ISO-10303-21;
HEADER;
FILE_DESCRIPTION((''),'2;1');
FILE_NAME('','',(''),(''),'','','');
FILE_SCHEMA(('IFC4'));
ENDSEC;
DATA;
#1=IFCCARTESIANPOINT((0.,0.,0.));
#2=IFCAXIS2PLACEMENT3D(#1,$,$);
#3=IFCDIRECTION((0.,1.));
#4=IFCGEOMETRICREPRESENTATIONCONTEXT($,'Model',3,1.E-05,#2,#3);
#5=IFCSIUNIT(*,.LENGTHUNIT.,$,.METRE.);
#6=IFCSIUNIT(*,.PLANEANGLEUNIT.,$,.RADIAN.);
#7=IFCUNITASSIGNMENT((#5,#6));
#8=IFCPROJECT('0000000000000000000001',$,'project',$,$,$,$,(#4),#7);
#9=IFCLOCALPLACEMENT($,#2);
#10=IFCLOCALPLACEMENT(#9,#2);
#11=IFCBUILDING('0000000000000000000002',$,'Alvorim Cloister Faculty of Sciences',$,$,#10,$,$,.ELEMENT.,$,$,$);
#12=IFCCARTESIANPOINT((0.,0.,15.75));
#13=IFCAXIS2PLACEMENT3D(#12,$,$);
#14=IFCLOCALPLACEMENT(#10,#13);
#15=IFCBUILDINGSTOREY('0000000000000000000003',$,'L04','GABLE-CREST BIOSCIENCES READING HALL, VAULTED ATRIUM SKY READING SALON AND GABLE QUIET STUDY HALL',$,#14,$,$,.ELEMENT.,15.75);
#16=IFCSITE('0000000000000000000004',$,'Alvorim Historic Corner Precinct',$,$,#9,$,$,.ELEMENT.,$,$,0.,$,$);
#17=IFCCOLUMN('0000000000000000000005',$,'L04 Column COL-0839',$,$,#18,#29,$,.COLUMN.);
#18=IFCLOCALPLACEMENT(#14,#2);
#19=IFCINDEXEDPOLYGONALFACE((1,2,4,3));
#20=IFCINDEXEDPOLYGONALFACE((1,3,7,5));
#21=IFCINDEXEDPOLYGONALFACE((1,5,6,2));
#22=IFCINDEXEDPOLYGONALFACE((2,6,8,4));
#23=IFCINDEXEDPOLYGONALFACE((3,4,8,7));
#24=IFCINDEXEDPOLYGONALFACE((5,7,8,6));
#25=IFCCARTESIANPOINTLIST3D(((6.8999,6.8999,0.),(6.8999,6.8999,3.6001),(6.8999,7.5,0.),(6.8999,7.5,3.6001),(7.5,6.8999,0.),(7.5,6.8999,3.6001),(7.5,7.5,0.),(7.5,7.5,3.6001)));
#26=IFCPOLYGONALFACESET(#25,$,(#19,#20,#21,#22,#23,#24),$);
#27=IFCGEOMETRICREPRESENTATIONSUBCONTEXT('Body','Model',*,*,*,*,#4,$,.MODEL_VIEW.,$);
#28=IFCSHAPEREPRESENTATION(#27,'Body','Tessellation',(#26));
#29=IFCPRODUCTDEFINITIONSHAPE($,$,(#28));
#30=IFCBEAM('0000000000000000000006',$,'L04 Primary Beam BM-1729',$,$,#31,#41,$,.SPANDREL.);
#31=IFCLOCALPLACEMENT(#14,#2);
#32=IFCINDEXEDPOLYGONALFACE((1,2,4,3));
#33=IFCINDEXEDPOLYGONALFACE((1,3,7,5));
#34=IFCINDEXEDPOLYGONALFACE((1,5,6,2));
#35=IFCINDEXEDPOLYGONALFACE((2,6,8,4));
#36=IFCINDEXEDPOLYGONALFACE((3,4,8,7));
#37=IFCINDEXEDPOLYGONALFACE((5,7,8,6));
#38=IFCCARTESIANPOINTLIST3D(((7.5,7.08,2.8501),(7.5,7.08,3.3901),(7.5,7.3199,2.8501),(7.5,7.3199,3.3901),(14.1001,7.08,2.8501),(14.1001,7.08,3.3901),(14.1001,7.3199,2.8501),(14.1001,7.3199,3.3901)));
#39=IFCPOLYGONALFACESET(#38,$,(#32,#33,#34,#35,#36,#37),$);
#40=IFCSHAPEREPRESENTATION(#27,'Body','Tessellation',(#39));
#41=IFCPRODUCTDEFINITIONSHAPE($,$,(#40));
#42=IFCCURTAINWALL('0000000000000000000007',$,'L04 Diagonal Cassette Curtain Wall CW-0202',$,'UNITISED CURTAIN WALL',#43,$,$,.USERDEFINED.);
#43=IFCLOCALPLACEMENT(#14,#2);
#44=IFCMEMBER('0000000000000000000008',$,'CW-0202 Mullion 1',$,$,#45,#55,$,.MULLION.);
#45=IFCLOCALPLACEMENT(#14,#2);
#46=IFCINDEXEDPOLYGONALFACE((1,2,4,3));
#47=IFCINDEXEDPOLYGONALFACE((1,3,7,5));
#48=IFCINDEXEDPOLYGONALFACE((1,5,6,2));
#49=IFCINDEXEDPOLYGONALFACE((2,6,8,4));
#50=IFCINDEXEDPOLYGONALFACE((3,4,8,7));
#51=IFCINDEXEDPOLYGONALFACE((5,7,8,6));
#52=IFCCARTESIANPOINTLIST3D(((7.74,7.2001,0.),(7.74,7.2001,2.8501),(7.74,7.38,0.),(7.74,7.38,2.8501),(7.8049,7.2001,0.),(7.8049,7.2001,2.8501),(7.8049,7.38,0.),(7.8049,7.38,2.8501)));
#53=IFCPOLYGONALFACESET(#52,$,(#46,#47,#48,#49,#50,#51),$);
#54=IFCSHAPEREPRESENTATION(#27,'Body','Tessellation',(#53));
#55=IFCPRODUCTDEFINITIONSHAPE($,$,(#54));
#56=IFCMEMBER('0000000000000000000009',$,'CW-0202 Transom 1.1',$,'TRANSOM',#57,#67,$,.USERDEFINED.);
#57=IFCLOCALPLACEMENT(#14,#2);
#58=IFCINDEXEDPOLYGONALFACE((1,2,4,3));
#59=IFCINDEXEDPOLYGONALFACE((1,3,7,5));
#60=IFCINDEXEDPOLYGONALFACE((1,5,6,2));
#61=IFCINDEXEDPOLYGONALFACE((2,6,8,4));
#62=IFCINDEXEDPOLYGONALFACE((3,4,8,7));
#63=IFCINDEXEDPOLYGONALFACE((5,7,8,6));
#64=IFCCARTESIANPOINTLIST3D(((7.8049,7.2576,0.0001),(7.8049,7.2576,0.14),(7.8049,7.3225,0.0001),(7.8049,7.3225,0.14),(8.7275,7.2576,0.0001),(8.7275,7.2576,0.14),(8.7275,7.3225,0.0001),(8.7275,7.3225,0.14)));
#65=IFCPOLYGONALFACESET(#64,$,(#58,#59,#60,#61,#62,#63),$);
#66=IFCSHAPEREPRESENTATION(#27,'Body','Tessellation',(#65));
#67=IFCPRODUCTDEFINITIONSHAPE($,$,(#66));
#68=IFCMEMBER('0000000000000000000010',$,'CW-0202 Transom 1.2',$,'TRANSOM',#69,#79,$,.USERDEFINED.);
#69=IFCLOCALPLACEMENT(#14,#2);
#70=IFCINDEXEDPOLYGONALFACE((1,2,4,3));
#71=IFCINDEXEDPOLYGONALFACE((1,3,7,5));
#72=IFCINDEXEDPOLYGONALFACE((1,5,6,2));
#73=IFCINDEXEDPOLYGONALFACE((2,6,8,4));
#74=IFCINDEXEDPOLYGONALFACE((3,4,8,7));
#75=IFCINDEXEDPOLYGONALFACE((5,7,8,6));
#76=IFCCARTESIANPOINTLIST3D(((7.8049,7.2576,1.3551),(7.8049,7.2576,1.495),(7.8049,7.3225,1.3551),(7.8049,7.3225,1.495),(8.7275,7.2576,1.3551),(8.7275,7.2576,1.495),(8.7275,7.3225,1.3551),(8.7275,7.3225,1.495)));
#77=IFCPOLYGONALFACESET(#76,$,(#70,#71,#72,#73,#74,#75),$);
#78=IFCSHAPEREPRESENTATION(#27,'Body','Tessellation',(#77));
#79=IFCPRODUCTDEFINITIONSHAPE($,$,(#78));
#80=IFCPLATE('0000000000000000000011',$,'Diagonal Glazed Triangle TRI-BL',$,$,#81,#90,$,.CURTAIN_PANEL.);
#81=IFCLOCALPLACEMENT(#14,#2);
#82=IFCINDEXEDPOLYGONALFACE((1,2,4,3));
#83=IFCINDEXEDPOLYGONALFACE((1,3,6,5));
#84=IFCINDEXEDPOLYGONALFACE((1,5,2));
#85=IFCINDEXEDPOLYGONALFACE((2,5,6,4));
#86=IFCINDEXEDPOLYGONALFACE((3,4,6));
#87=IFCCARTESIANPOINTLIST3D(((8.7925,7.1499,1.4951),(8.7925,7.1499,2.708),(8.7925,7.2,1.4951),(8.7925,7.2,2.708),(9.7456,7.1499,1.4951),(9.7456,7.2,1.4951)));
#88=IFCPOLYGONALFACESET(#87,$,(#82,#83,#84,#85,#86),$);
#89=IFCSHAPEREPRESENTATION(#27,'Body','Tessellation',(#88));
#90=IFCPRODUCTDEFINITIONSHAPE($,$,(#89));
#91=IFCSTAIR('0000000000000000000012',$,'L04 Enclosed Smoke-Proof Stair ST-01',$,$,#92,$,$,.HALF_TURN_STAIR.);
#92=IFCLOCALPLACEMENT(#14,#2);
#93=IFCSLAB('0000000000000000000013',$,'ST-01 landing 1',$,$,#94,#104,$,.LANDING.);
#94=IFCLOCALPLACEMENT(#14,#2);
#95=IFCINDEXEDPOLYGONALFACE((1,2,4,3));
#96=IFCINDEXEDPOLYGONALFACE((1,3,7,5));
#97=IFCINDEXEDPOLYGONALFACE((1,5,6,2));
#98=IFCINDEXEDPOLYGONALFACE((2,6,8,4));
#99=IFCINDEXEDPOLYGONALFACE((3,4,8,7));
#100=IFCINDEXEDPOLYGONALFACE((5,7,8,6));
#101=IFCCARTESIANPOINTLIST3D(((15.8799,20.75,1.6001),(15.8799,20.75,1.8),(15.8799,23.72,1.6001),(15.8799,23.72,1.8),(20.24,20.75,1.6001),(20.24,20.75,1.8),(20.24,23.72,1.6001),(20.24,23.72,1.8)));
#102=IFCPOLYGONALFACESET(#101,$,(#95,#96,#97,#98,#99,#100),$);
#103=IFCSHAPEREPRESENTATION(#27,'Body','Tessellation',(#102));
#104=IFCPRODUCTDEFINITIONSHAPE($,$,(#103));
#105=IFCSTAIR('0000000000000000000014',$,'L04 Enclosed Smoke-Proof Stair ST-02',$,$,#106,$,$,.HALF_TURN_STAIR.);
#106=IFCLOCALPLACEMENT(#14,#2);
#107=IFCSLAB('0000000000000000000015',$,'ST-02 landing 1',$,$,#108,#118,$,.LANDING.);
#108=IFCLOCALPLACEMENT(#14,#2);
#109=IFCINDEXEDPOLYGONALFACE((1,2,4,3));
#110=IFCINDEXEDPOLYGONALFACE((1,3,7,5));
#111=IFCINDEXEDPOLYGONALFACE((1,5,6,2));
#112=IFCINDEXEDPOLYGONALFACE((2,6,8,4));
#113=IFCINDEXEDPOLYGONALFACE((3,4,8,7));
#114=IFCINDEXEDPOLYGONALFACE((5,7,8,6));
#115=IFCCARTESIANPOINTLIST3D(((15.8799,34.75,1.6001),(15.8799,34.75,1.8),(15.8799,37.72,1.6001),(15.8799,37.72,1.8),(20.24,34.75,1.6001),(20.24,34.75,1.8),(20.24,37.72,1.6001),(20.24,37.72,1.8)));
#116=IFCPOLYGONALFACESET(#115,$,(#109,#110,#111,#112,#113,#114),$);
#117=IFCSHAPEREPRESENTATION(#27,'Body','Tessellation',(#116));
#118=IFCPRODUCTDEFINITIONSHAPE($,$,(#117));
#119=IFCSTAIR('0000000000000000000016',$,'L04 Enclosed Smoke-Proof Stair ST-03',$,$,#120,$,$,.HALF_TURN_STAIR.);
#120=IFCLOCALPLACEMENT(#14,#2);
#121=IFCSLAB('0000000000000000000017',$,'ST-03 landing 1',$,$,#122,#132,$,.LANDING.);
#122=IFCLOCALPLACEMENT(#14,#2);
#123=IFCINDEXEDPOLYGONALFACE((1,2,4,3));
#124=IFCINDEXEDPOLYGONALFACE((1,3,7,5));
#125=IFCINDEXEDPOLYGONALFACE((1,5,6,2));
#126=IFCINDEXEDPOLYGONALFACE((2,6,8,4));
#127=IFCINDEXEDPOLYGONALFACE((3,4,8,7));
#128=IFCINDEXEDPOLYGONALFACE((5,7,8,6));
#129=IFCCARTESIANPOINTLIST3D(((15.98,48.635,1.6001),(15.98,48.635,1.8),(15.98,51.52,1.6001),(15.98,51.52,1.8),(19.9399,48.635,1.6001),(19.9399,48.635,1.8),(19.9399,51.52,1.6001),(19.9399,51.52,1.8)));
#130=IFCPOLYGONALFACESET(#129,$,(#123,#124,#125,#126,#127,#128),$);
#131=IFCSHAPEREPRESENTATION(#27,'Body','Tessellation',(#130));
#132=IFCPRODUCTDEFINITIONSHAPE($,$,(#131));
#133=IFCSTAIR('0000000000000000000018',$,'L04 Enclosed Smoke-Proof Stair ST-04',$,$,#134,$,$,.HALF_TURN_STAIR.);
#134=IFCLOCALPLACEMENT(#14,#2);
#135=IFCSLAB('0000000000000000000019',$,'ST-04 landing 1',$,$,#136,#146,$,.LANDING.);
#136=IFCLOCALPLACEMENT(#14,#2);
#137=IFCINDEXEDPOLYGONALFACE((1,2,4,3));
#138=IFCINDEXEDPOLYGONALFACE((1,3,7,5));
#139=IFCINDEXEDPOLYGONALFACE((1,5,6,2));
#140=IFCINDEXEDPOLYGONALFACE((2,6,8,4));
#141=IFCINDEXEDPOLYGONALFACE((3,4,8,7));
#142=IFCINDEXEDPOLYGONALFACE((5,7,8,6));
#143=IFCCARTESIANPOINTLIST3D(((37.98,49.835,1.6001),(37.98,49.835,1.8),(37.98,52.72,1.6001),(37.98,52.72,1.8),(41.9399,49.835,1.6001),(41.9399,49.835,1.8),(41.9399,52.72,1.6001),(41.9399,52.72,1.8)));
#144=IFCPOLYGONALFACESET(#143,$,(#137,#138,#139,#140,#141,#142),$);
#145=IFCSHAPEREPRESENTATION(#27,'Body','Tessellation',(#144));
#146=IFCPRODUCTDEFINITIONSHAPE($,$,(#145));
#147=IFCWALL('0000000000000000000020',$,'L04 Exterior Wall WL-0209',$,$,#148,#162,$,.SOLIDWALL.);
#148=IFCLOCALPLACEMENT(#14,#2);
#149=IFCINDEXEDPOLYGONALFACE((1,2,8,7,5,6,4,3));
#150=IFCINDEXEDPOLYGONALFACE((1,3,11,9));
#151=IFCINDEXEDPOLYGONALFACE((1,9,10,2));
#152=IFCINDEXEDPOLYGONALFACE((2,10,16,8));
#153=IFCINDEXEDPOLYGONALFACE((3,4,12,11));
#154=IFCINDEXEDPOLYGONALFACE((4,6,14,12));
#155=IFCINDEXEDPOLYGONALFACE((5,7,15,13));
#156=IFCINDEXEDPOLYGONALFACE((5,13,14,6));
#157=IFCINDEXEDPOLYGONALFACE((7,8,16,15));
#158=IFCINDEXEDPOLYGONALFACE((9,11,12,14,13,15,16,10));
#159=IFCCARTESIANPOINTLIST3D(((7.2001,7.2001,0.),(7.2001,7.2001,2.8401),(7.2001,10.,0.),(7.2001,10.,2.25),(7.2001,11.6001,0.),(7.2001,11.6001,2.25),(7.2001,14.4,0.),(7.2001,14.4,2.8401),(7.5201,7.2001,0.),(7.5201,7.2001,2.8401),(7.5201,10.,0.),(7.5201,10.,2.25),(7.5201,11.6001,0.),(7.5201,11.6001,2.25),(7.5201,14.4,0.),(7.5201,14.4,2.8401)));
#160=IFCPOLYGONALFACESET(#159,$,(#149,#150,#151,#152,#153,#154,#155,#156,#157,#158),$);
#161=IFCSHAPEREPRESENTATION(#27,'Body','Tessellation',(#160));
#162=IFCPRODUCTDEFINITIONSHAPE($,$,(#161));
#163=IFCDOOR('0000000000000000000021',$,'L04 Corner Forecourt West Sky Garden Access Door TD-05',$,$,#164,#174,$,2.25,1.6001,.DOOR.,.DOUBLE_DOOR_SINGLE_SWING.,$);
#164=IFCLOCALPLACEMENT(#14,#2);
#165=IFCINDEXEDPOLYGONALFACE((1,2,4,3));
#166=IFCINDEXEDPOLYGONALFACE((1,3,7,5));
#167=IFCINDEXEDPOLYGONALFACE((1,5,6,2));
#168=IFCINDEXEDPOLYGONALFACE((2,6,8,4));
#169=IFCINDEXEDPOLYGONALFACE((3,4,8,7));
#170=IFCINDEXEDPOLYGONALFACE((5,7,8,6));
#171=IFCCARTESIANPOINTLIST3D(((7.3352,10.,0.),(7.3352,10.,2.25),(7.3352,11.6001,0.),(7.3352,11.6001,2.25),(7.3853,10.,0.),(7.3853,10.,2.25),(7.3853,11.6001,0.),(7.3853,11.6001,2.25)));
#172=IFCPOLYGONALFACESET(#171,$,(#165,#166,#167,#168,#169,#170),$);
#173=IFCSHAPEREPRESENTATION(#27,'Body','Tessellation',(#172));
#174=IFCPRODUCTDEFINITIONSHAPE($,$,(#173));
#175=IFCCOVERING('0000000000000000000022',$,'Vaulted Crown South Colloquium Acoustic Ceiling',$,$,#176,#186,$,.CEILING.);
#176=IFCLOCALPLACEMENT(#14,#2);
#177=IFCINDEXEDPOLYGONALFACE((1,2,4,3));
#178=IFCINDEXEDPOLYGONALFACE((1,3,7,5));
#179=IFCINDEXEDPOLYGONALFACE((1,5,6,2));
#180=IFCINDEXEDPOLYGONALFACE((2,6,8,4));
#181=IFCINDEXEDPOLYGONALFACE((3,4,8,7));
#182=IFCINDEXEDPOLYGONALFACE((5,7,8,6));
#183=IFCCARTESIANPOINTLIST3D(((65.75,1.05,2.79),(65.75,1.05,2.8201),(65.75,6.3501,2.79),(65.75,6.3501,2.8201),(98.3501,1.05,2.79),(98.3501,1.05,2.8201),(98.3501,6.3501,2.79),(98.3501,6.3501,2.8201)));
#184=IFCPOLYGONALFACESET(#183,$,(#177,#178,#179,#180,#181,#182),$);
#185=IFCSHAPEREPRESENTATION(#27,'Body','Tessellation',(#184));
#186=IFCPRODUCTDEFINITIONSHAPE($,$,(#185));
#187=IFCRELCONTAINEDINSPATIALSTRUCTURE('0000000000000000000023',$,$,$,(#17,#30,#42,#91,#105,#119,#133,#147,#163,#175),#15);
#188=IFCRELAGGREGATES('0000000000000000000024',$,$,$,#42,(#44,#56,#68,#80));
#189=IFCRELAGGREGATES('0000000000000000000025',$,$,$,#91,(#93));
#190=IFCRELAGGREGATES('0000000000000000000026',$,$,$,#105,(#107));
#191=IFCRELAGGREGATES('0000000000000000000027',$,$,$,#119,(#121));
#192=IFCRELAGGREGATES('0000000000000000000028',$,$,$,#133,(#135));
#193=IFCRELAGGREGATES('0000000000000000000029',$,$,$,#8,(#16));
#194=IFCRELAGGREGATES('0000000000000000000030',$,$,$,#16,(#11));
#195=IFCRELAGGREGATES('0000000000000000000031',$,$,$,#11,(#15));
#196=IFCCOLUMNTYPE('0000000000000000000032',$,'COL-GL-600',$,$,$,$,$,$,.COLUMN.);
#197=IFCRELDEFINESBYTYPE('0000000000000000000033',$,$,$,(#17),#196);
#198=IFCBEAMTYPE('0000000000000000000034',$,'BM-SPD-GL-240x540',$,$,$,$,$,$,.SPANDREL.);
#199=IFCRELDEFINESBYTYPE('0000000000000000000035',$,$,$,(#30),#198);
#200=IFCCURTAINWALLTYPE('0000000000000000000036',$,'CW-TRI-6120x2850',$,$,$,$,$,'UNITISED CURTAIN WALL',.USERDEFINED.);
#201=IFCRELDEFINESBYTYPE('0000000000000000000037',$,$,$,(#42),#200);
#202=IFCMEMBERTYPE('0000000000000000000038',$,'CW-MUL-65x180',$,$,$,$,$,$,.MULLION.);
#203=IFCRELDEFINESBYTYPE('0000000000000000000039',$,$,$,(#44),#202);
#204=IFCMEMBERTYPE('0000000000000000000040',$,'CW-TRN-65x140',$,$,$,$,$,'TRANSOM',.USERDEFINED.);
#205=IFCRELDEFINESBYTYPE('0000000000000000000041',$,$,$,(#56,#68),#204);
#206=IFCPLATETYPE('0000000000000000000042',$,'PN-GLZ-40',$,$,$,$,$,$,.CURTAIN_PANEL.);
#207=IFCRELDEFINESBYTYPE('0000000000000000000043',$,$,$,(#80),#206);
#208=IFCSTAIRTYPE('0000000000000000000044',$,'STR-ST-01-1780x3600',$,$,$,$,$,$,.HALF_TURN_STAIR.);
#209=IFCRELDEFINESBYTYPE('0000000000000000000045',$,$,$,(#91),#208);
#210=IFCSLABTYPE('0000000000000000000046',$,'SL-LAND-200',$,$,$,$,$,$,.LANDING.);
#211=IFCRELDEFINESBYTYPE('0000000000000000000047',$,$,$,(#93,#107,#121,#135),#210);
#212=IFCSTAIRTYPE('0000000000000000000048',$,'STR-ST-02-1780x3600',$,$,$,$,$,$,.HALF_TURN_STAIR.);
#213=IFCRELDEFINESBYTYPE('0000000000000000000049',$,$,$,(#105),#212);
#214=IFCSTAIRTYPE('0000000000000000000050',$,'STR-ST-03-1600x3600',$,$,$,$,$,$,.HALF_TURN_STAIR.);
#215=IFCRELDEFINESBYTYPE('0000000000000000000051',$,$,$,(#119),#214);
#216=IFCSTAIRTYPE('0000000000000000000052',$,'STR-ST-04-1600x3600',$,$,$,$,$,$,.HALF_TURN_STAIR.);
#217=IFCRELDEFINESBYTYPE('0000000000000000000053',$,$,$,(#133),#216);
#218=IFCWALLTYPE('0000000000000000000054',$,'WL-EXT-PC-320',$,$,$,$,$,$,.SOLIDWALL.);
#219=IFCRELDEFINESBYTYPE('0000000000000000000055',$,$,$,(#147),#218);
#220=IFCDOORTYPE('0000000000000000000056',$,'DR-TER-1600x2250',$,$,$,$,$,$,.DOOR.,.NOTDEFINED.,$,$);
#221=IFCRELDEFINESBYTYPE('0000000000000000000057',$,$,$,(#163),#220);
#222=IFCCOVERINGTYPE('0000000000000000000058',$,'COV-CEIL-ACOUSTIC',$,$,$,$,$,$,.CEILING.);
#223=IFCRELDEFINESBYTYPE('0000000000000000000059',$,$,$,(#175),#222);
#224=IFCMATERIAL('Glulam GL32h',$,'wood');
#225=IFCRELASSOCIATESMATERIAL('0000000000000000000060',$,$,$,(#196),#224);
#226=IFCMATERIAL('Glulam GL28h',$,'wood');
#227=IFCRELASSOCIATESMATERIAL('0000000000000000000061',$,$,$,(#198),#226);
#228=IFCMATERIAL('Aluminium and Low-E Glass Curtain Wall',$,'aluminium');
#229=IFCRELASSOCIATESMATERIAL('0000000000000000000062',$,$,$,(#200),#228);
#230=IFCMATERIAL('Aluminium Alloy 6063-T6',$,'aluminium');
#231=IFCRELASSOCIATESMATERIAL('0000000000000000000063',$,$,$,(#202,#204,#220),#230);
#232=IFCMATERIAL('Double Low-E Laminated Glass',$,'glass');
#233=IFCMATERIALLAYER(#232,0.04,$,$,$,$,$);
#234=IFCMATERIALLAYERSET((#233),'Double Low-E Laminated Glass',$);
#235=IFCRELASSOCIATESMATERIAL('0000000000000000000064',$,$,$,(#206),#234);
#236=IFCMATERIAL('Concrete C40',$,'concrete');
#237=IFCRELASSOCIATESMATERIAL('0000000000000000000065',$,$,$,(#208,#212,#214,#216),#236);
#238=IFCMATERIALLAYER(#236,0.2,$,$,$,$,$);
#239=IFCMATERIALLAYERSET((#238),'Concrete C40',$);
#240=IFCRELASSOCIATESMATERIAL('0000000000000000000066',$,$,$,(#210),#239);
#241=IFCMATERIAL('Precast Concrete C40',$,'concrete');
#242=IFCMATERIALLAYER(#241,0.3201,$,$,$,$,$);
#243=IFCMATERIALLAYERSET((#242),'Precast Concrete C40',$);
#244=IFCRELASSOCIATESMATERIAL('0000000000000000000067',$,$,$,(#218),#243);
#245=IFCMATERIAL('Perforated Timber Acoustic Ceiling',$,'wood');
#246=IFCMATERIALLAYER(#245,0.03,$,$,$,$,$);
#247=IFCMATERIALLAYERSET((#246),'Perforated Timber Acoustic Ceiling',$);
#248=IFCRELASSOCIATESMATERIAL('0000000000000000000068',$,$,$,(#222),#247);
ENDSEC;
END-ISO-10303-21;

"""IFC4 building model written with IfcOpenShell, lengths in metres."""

from ifc_helpers import new_model, si_unit, direction, frame, frame_2d, origin, origin_2d, place, context, subcontext, project, spatial, polyline, rectangle, outline, extrude, material, layer, layer_set, material_profile, profile_set, type_object, element, fill, aggregate, save


model = new_model("IFC4")

# Units and contexts
model_context = context("Model", 3, precision=1e-05, world=origin(), true_north=direction((0.0, 1.0)))
body_context = subcontext(model_context, "Body", "Model", "MODEL_VIEW")
ifc_project = project(units=[si_unit("LENGTHUNIT", "METRE"), si_unit("PLANEANGLEUNIT", "RADIAN")], contexts=[model_context])

# Site, building, storey
site_placement = place(None, origin())
site = spatial("IfcSite", under=ifc_project, at=site_placement, Name="Alvorim Historic Corner Precinct", CompositionType="ELEMENT", RefElevation=0.0)
building_placement = place(site_placement, origin())
building = spatial("IfcBuilding", under=site, at=building_placement, Name="Alvorim Cloister Faculty of Sciences", CompositionType="ELEMENT")
storey_placement = place(building_placement, frame((0.0, 0.0, 15.75)))
storey = spatial("IfcBuildingStorey", under=building, at=storey_placement, Name="L04", Description="GABLE-CREST BIOSCIENCES READING HALL, VAULTED ATRIUM SKY READING SALON AND GABLE QUIET STUDY HALL", CompositionType="ELEMENT", Elevation=15.75)

# Column
ifc_material_1 = material(Name="Glulam GL32h", Category="wood")
ifc_material_profile_1 = material_profile(ifc_material_1, rectangle(XDim=0.6001, YDim=0.6001, at=origin_2d()), Name="GL32-COL-600x600")
ifc_profile_set_1 = profile_set([ifc_material_profile_1], Name="Glulam GL32h")
column_type = type_object("IfcColumnType", Name="COL-GL-600", PredefinedType="COLUMN", material=ifc_profile_set_1)
column_placement = place(storey_placement, frame((7.2, 7.2, 0.0), z_axis=(0.0, 0.0, 1.0), x_axis=(1.0, 0.0, 0.0)))
element("IfcColumn", 1, at=column_placement, inside=storey, type_object=column_type, Name="L04 Column COL-0839", PredefinedType="COLUMN", context=body_context, shape_type="SweptSolid", body=[
    extrude(rectangle(XDim=0.6001, YDim=0.6001, at=origin_2d()), origin(), (0.0, 0.0, 1.0), 3.6001),
])

# Beam
ifc_material_2 = material(Name="Glulam GL28h", Category="wood")
ifc_material_profile_2 = material_profile(ifc_material_2, rectangle(XDim=0.24, YDim=0.54, at=origin_2d()), Name="GL28-SPD-240x540")
ifc_profile_set_2 = profile_set([ifc_material_profile_2], Name="Glulam GL28h")
beam_type = type_object("IfcBeamType", Name="BM-SPD-GL-240x540", PredefinedType="SPANDREL", material=ifc_profile_set_2)
beam_placement = place(storey_placement, frame((7.5, 7.2, 3.1201), z_axis=(1.0, 0.0, 0.0), x_axis=(0.0, 1.0, 0.0)))
element("IfcBeam", 2, at=beam_placement, inside=storey, type_object=beam_type, Name="L04 Primary Beam BM-1729", PredefinedType="SPANDREL", context=body_context, shape_type="SweptSolid", body=[
    extrude(rectangle(XDim=0.24, YDim=0.54, at=origin_2d()), origin(), (0.0, 0.0, 1.0), 6.6001),
])

# Curtain wall, members, plate
ifc_material_3 = material(Name="Aluminium and Low-E Glass Curtain Wall", Category="aluminium")
curtain_wall_type = type_object("IfcCurtainWallType", Name="CW-TRI-6120x2850", ElementType="UNITISED CURTAIN WALL", PredefinedType="USERDEFINED", material=ifc_material_3)
curtain_wall_placement = place(storey_placement, origin())
curtain_wall = element("IfcCurtainWall", 3, at=curtain_wall_placement, inside=storey, type_object=curtain_wall_type, Name="L04 Diagonal Cassette Curtain Wall CW-0202", ObjectType="UNITISED CURTAIN WALL", PredefinedType="USERDEFINED")
ifc_material_4 = material(Name="Aluminium Alloy 6063-T6", Category="aluminium")
ifc_material_profile_3 = material_profile(ifc_material_4, rectangle(XDim=0.0649, YDim=0.1799, at=origin_2d()), Name="ALU-MUL-65x180")
ifc_profile_set_3 = profile_set([ifc_material_profile_3], Name="Aluminium Alloy 6063-T6")
member_type_1 = type_object("IfcMemberType", Name="CW-MUL-65x180", PredefinedType="MULLION", material=ifc_profile_set_3)
member_1_placement = place(storey_placement, frame((7.7725, 7.29, 0.0), z_axis=(0.0, 0.0, 1.0), x_axis=(1.0, 0.0, 0.0)))
member_1 = element("IfcMember", 4, at=member_1_placement, type_object=member_type_1, Name="CW-0202 Mullion 1", PredefinedType="MULLION", context=body_context, shape_type="SweptSolid", body=[
    extrude(rectangle(XDim=0.0649, YDim=0.1799, at=origin_2d()), origin(), (0.0, 0.0, 1.0), 2.8501),
])
ifc_material_profile_4 = material_profile(ifc_material_4, rectangle(XDim=0.0649, YDim=0.1399, at=origin_2d()), Name="ALU-TRN-65x140")
ifc_profile_set_4 = profile_set([ifc_material_profile_4], Name="Aluminium Alloy 6063-T6")
member_type_2 = type_object("IfcMemberType", Name="CW-TRN-65x140", ElementType="TRANSOM", PredefinedType="USERDEFINED", material=ifc_profile_set_4)
member_2_placement = place(storey_placement, frame((7.8049, 7.29, 0.0701), z_axis=(1.0, 0.0, 0.0), x_axis=(0.0, 1.0, 0.0)))
member_2 = element("IfcMember", 5, at=member_2_placement, type_object=member_type_2, Name="CW-0202 Transom 1.1", ObjectType="TRANSOM", PredefinedType="USERDEFINED", context=body_context, shape_type="SweptSolid", body=[
    extrude(rectangle(XDim=0.0649, YDim=0.1399, at=origin_2d()), origin(), (0.0, 0.0, 1.0), 0.9226),
])
member_3_placement = place(storey_placement, frame((7.8049, 7.29, 1.425), z_axis=(1.0, 0.0, 0.0), x_axis=(0.0, 1.0, 0.0)))
member_3 = element("IfcMember", 6, at=member_3_placement, type_object=member_type_2, Name="CW-0202 Transom 1.2", ObjectType="TRANSOM", PredefinedType="USERDEFINED", context=body_context, shape_type="SweptSolid", body=[
    extrude(rectangle(XDim=0.0649, YDim=0.1399, at=origin_2d()), origin(), (0.0, 0.0, 1.0), 0.9226),
])
ifc_material_5 = material(Name="Double Low-E Laminated Glass", Category="glass")
ifc_layer_1 = layer(ifc_material_5, 0.04)
ifc_layer_set_1 = layer_set([ifc_layer_1], Name="Double Low-E Laminated Glass")
plate_type = type_object("IfcPlateType", Name="PN-GLZ-40", PredefinedType="CURTAIN_PANEL", material=ifc_layer_set_1)
plate_1_placement = place(storey_placement, frame((8.7925, 7.175, 1.4951), z_axis=(0.0, 0.0, 1.0), x_axis=(1.0, 0.0, 0.0)))
plate_1 = element("IfcPlate", 7, at=plate_1_placement, type_object=plate_type, Name="Diagonal Glazed Triangle TRI-BL", PredefinedType="CURTAIN_PANEL", context=body_context, shape_type="SweptSolid", body=[
    extrude(outline(polyline([(0.0, 0.0), (0.9531, 0.0), (0.0, 1.2129), (0.0, 0.0)])), frame((0.0, 0.0249, 0.0), z_axis=(0.0, -1.0, 0.0), x_axis=(1.0, 0.0, 0.0)), (0.0, 0.0, 1.0), 0.05),
])
aggregate(curtain_wall, [member_1, member_2, member_3, plate_1])

# Stairs, slabs
ifc_material_6 = material(Name="Concrete C40", Category="concrete")
stair_type_1 = type_object("IfcStairType", Name="STR-ST-01-1780x3600", PredefinedType="HALF_TURN_STAIR", material=ifc_material_6)
stair_1_placement = place(storey_placement, origin())
stair_1 = element("IfcStair", 8, at=stair_1_placement, inside=storey, type_object=stair_type_1, Name="L04 Enclosed Smoke-Proof Stair ST-01", PredefinedType="HALF_TURN_STAIR")
ifc_layer_2 = layer(ifc_material_6, 0.2)
ifc_layer_set_2 = layer_set([ifc_layer_2], Name="Concrete C40")
slab_type = type_object("IfcSlabType", Name="SL-LAND-200", PredefinedType="LANDING", material=ifc_layer_set_2)
slab_1_placement = place(storey_placement, frame((0.0, 0.0, 1.6001)))
slab_1 = element("IfcSlab", 9, at=slab_1_placement, type_object=slab_type, Name="ST-01 landing 1", PredefinedType="LANDING", context=body_context, shape_type="SweptSolid", body=[
    extrude(outline(polyline([(20.24, 20.75), (20.24, 23.72), (15.8799, 23.72), (15.8799, 20.75), (20.24, 20.75)])), origin(), (0.0, 0.0, 1.0), 0.2),
])
aggregate(stair_1, [slab_1])
stair_type_2 = type_object("IfcStairType", Name="STR-ST-02-1780x3600", PredefinedType="HALF_TURN_STAIR", material=ifc_material_6)
stair_2_placement = place(storey_placement, origin())
stair_2 = element("IfcStair", 10, at=stair_2_placement, inside=storey, type_object=stair_type_2, Name="L04 Enclosed Smoke-Proof Stair ST-02", PredefinedType="HALF_TURN_STAIR")
slab_2_placement = place(storey_placement, frame((0.0, 0.0, 1.6001)))
slab_2 = element("IfcSlab", 11, at=slab_2_placement, type_object=slab_type, Name="ST-02 landing 1", PredefinedType="LANDING", context=body_context, shape_type="SweptSolid", body=[
    extrude(outline(polyline([(20.24, 34.75), (20.24, 37.72), (15.8799, 37.72), (15.8799, 34.75), (20.24, 34.75)])), origin(), (0.0, 0.0, 1.0), 0.2),
])
aggregate(stair_2, [slab_2])
stair_type_3 = type_object("IfcStairType", Name="STR-ST-03-1600x3600", PredefinedType="HALF_TURN_STAIR", material=ifc_material_6)
stair_3_placement = place(storey_placement, origin())
stair_3 = element("IfcStair", 12, at=stair_3_placement, inside=storey, type_object=stair_type_3, Name="L04 Enclosed Smoke-Proof Stair ST-03", PredefinedType="HALF_TURN_STAIR")
slab_3_placement = place(storey_placement, frame((0.0, 0.0, 1.6001)))
slab_3 = element("IfcSlab", 13, at=slab_3_placement, type_object=slab_type, Name="ST-03 landing 1", PredefinedType="LANDING", context=body_context, shape_type="SweptSolid", body=[
    extrude(outline(polyline([(19.9399, 48.635), (19.9399, 51.52), (15.98, 51.52), (15.98, 48.635), (19.9399, 48.635)])), origin(), (0.0, 0.0, 1.0), 0.2),
])
aggregate(stair_3, [slab_3])
stair_type_4 = type_object("IfcStairType", Name="STR-ST-04-1600x3600", PredefinedType="HALF_TURN_STAIR", material=ifc_material_6)
stair_4_placement = place(storey_placement, origin())
stair_4 = element("IfcStair", 14, at=stair_4_placement, inside=storey, type_object=stair_type_4, Name="L04 Enclosed Smoke-Proof Stair ST-04", PredefinedType="HALF_TURN_STAIR")
slab_4_placement = place(storey_placement, frame((0.0, 0.0, 1.6001)))
slab_4 = element("IfcSlab", 15, at=slab_4_placement, type_object=slab_type, Name="ST-04 landing 1", PredefinedType="LANDING", context=body_context, shape_type="SweptSolid", body=[
    extrude(outline(polyline([(41.9399, 49.835), (41.9399, 52.72), (37.98, 52.72), (37.98, 49.835), (41.9399, 49.835)])), origin(), (0.0, 0.0, 1.0), 0.2),
])
aggregate(stair_4, [slab_4])

# Wall, opening, door
ifc_material_7 = material(Name="Precast Concrete C40", Category="concrete")
ifc_layer_3 = layer(ifc_material_7, 0.3201)
ifc_layer_set_3 = layer_set([ifc_layer_3], Name="Precast Concrete C40")
wall_type = type_object("IfcWallType", Name="WL-EXT-PC-320", PredefinedType="SOLIDWALL", material=ifc_layer_set_3)
wall_placement = place(storey_placement, frame((7.3601, 7.2, 0.0), z_axis=(0.0, 0.0, 1.0), x_axis=(0.0, 1.0, 0.0)))
wall = element("IfcWall", 16, at=wall_placement, inside=storey, type_object=wall_type, Name="L04 Exterior Wall WL-0209", PredefinedType="SOLIDWALL", context=body_context, shape_type="SweptSolid", body=[
    extrude(rectangle(XDim=7.2, YDim=0.3201, at=frame_2d((3.6001, 0.0))), origin(), (0.0, 0.0, 1.0), 2.8401),
])
opening_placement = place(wall_placement, frame((2.8, 0.0, 0.0)))
opening = element("IfcOpeningElement", 17, at=opening_placement, cuts=wall, PredefinedType="OPENING", context=body_context, shape_type="SweptSolid", body=[
    extrude(rectangle(XDim=1.6001, YDim=2.25, at=frame_2d((0.8, 1.125))), frame((0.0, 0.1719, 0.0), z_axis=(0.0, -1.0, 0.0), x_axis=(1.0, 0.0, 0.0)), (0.0, 0.0, 1.0), 0.344),
])
door_type = type_object("IfcDoorType", Name="DR-TER-1600x2250", OperationType="NOTDEFINED", PredefinedType="DOOR", material=ifc_material_4)
door_placement = place(opening_placement, origin())
door = element("IfcDoor", 18, at=door_placement, inside=storey, type_object=door_type, Name="L04 Corner Forecourt West Sky Garden Access Door TD-05", OperationType="DOUBLE_DOOR_SINGLE_SWING", OverallHeight=2.25, OverallWidth=1.6001, PredefinedType="DOOR", context=body_context, shape_type="SweptSolid", body=[
    extrude(rectangle(XDim=1.6001, YDim=2.25, at=frame_2d((0.8, 1.125))), frame((0.0, 0.0249, 0.0), z_axis=(0.0, -1.0, 0.0), x_axis=(1.0, 0.0, 0.0)), (0.0, 0.0, 1.0), 0.05),
])
fill(opening, door)

# Covering
ifc_material_8 = material(Name="Perforated Timber Acoustic Ceiling", Category="wood")
ifc_layer_4 = layer(ifc_material_8, 0.03)
ifc_layer_set_4 = layer_set([ifc_layer_4], Name="Perforated Timber Acoustic Ceiling")
covering_type_1 = type_object("IfcCoveringType", Name="COV-CEIL-ACOUSTIC", PredefinedType="CEILING", material=ifc_layer_set_4)
covering_1_placement = place(storey_placement, frame((0.0, 0.0, 2.79)))
element("IfcCovering", 19, at=covering_1_placement, inside=storey, type_object=covering_type_1, Name="Vaulted Crown South Colloquium Acoustic Ceiling", PredefinedType="CEILING", context=body_context, shape_type="SweptSolid", body=[
    extrude(outline(polyline([(65.75, 1.05), (98.3501, 1.05), (98.3501, 6.3501), (65.75, 6.3501), (65.75, 1.05)])), origin(), (0.0, 0.0, 1.0), 0.03),
])

save(model, "model.ifc")
